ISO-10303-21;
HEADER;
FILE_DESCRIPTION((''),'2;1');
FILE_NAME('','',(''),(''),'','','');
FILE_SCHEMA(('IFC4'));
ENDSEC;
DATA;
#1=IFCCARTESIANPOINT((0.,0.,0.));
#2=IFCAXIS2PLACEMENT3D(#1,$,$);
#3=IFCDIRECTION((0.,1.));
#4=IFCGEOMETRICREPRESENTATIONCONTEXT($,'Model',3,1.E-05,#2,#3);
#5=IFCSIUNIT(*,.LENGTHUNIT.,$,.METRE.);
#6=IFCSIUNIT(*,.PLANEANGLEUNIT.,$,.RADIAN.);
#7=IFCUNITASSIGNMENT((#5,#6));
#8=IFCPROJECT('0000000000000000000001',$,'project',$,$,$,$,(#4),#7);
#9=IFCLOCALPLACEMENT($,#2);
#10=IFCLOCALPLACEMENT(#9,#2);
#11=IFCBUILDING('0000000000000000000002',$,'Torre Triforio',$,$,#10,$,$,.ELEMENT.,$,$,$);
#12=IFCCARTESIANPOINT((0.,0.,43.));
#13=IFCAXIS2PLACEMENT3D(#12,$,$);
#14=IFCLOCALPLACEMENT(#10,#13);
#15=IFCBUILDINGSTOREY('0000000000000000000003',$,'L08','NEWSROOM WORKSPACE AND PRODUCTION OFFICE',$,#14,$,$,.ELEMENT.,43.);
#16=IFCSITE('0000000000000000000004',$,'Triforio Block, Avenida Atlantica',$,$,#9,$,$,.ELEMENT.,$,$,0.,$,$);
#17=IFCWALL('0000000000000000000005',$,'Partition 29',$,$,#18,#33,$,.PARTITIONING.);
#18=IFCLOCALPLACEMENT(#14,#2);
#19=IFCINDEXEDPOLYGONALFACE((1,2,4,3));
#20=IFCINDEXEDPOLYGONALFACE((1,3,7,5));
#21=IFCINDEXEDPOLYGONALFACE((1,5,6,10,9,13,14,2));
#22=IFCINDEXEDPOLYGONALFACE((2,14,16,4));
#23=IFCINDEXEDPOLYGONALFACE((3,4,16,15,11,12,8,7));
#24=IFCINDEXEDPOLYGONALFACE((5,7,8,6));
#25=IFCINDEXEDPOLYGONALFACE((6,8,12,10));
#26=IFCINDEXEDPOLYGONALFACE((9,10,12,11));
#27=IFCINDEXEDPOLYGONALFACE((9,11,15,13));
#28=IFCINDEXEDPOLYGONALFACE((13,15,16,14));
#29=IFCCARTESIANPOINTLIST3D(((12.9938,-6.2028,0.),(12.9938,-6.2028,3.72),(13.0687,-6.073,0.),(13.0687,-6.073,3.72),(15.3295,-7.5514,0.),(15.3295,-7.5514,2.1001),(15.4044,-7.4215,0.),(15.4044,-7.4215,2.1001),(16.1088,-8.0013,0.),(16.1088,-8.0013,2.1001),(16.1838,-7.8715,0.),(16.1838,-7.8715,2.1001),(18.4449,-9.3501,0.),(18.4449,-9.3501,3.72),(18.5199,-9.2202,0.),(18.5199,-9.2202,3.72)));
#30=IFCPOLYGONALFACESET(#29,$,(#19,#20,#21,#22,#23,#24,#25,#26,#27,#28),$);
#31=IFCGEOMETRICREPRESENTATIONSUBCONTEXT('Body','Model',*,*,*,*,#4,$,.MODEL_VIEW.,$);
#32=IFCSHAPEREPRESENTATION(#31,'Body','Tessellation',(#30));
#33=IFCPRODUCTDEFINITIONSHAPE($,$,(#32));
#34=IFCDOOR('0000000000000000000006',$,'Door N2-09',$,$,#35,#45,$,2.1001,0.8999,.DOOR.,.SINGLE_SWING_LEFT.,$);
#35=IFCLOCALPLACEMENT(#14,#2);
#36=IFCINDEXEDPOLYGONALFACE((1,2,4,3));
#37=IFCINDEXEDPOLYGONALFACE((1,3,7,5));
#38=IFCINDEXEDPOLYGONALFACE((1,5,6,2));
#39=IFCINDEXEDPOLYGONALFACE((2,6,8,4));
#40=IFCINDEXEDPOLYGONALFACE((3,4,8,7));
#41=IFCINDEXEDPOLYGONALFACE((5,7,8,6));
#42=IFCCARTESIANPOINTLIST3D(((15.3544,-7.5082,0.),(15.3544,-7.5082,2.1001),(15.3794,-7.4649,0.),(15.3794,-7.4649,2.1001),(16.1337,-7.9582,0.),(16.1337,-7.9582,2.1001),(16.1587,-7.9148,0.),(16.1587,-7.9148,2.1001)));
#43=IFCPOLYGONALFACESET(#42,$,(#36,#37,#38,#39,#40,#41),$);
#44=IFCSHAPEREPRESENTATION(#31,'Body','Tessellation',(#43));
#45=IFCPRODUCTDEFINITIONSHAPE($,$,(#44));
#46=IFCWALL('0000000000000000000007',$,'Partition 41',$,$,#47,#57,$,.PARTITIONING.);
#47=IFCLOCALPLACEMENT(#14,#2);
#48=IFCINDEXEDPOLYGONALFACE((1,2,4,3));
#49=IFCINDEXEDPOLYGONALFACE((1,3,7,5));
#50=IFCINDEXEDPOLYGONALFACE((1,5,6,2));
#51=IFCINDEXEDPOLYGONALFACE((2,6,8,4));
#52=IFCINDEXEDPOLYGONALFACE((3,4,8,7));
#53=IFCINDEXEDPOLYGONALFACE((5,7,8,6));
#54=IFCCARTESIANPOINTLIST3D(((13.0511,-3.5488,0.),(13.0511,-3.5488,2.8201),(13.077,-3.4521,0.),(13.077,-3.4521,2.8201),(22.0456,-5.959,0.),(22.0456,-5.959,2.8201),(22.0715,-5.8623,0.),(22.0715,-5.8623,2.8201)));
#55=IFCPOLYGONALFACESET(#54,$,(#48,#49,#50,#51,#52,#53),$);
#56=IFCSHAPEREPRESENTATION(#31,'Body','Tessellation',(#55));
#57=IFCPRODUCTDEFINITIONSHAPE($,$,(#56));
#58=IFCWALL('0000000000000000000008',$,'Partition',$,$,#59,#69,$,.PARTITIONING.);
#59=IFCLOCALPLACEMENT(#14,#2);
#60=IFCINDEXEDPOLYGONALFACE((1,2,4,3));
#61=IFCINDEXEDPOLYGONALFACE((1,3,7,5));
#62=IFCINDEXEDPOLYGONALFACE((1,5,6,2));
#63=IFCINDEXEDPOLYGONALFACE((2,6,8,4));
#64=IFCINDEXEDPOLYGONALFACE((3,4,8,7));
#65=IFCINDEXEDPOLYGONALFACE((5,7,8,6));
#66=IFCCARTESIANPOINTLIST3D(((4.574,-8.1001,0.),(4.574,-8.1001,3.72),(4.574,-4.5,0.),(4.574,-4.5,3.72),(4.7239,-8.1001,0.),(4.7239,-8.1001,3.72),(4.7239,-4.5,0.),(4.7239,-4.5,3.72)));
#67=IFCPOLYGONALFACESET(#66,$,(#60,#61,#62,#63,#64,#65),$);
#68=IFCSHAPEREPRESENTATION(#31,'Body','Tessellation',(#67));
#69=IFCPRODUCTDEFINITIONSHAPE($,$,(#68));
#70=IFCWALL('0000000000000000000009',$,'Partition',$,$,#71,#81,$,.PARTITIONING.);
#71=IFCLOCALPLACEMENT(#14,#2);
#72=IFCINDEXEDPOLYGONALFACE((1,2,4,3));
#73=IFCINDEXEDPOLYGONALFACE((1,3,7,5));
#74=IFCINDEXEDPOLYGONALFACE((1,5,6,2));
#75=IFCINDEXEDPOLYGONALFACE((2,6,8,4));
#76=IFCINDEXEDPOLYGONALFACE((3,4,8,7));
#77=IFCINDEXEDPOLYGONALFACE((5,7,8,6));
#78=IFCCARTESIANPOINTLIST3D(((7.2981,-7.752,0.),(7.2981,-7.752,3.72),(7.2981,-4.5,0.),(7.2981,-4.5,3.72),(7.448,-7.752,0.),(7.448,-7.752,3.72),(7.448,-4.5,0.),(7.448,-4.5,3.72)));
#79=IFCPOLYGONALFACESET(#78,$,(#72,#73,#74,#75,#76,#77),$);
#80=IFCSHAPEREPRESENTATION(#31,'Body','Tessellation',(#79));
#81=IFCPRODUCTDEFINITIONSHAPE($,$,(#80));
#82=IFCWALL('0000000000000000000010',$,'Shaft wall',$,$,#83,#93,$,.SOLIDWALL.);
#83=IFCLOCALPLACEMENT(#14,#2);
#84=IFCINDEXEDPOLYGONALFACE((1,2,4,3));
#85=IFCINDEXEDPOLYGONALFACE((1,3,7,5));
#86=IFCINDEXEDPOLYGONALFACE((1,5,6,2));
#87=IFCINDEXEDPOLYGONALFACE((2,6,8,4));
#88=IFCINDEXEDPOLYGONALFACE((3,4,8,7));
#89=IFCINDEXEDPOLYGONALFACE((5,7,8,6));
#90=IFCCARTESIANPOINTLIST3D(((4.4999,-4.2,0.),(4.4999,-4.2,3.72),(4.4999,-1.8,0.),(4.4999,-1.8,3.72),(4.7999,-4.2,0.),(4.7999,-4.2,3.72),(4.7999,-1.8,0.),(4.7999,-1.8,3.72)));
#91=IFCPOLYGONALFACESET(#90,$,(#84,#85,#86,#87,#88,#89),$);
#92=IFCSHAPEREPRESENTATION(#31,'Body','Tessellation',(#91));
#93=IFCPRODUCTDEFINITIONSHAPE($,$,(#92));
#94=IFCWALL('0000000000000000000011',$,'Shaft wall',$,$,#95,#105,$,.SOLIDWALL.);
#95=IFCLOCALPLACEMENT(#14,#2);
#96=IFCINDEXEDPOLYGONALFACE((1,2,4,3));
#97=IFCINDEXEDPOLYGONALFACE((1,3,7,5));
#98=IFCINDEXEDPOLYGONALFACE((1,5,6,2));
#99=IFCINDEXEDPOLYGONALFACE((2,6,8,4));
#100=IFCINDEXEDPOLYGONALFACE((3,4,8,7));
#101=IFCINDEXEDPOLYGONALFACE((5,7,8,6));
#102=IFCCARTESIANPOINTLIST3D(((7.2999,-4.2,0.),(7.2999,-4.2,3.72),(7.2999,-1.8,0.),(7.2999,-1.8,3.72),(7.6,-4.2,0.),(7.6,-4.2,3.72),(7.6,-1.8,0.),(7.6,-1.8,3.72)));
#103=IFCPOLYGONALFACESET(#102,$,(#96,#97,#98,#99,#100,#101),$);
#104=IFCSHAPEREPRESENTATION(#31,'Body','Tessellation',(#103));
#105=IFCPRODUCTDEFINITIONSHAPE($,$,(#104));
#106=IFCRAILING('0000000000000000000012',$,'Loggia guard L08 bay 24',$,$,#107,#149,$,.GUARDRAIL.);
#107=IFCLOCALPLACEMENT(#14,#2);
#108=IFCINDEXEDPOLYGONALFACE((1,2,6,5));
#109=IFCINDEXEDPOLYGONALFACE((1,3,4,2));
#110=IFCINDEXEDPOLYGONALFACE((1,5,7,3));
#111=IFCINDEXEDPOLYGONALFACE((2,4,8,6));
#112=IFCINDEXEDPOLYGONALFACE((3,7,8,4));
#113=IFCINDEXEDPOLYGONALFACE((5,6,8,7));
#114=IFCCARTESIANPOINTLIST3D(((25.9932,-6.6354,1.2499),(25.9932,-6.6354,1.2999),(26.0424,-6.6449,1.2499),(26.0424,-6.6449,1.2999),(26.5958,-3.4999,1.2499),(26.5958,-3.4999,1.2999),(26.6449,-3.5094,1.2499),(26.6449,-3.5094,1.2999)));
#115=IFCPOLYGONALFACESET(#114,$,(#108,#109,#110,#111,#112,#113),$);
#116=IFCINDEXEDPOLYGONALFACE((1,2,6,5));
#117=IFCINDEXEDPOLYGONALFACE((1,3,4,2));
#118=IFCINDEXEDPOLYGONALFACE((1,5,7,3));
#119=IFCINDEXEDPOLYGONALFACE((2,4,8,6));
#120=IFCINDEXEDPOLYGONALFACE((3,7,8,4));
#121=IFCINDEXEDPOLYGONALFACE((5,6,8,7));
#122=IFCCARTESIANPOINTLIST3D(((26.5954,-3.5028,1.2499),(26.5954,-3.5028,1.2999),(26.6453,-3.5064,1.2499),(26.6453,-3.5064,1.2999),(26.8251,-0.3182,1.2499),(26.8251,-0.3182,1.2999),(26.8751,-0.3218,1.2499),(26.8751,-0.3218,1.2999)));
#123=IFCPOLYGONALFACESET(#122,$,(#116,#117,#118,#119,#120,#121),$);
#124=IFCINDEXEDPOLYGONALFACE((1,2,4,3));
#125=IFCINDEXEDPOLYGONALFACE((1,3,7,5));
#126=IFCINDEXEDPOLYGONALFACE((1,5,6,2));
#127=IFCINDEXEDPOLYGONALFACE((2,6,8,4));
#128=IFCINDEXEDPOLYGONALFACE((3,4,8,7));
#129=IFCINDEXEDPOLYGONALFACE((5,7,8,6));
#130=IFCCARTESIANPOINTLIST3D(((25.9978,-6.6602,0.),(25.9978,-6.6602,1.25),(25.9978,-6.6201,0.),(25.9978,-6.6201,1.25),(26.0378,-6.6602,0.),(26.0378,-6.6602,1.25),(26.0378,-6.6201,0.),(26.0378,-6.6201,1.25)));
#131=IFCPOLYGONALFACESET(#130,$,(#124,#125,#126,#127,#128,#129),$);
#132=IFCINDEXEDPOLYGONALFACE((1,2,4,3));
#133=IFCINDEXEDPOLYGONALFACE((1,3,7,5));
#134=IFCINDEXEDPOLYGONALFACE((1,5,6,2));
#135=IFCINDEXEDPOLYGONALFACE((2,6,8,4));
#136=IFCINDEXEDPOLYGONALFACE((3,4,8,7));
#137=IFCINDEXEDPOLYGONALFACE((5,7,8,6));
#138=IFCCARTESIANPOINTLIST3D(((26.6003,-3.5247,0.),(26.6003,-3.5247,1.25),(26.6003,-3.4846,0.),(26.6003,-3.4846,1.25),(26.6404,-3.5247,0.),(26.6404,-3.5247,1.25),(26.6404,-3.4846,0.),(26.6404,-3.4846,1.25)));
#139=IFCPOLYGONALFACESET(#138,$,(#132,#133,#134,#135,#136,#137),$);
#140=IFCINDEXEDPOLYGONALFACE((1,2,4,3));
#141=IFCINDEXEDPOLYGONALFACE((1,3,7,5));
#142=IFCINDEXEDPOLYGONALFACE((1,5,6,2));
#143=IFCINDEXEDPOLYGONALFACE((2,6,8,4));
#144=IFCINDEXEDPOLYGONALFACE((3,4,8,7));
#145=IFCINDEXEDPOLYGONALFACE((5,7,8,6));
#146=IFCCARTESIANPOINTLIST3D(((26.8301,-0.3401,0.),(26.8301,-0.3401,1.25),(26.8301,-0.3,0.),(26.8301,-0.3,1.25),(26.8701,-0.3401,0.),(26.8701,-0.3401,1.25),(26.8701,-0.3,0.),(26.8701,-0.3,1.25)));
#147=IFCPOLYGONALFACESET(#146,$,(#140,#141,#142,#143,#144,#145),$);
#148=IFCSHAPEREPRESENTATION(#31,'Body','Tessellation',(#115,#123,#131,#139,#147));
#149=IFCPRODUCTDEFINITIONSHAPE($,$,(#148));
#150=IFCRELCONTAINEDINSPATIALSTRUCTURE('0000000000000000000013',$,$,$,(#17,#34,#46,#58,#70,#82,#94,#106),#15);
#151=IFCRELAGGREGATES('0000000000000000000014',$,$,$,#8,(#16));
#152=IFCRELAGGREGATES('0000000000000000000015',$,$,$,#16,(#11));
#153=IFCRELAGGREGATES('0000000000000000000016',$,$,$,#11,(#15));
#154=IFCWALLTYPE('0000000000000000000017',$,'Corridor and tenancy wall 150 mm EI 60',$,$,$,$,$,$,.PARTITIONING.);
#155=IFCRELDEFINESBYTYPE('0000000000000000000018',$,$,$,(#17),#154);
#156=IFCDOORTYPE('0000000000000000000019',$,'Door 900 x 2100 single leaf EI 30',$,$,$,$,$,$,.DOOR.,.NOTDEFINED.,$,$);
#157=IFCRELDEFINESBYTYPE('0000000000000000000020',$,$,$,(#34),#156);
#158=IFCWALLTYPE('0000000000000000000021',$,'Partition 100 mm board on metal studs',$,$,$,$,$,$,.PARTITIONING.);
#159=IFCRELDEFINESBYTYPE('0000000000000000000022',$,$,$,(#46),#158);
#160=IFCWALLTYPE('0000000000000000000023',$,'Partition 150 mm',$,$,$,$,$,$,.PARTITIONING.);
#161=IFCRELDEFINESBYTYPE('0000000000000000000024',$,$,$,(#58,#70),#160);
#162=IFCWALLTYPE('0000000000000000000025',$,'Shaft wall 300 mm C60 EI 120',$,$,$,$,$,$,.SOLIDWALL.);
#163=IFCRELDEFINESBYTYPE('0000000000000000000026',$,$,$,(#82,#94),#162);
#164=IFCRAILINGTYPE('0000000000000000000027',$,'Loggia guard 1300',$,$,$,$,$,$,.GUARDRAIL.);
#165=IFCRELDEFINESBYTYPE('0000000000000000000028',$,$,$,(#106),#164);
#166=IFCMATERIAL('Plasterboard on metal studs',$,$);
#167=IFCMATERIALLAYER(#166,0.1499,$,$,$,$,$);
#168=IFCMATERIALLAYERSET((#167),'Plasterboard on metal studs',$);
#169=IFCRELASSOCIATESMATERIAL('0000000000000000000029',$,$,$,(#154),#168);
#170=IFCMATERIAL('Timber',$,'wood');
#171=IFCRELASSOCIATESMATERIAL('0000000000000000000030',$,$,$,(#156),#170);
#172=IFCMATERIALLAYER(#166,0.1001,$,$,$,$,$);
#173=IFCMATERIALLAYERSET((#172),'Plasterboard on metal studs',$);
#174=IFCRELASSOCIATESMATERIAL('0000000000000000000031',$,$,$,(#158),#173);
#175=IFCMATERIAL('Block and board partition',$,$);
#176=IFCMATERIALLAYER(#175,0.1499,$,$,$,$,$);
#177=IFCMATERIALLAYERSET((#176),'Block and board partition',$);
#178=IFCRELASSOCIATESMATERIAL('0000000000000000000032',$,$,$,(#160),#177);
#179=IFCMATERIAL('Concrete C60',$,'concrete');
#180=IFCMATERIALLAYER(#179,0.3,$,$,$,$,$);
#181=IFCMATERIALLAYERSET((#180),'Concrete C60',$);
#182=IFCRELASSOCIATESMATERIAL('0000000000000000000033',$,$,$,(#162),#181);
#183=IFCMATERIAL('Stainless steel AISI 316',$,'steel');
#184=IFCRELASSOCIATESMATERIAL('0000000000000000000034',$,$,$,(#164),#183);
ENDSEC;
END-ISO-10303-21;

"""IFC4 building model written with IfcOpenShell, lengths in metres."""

from ifc_helpers import new_model, si_unit, direction, frame, frame_2d, origin, origin_2d, place, context, subcontext, project, spatial, rectangle, extrude, material, layer, layer_set, type_object, element, fill, save


model = new_model("IFC4")

# Units and contexts
model_context = context("Model", 3, precision=1e-05, world=origin(), true_north=direction((0.0, 1.0)))
body_context = subcontext(model_context, "Body", "Model", "MODEL_VIEW")
ifc_project = project(units=[si_unit("LENGTHUNIT", "METRE"), si_unit("PLANEANGLEUNIT", "RADIAN")], contexts=[model_context])

# Site, building, storey
site_placement = place(None, origin())
site = spatial("IfcSite", under=ifc_project, at=site_placement, Name="Triforio Block, Avenida Atlantica", CompositionType="ELEMENT", RefElevation=0.0)
building_placement = place(site_placement, origin())
building = spatial("IfcBuilding", under=site, at=building_placement, Name="Torre Triforio", CompositionType="ELEMENT")
storey_placement = place(building_placement, frame((0.0, 0.0, 43.0)))
storey = spatial("IfcBuildingStorey", under=building, at=storey_placement, Name="L08", Description="NEWSROOM WORKSPACE AND PRODUCTION OFFICE", CompositionType="ELEMENT", Elevation=43.0)

# Shared definitions
ifc_material_1 = material(Name="Concrete C60", Category="concrete")

# Shared definitions
ifc_material_2 = material(Name="Plasterboard on metal studs")
ifc_layer_1 = layer(ifc_material_2, 0.1499)
ifc_layer_set_1 = layer_set([ifc_layer_1], Name="Plasterboard on metal studs")
wall_type_1 = type_object("IfcWallType", Name="Corridor and tenancy wall 150 mm EI 60", PredefinedType="PARTITIONING", material=ifc_layer_set_1)

# Wall, opening, door
wall_1_placement = place(storey_placement, frame((13.0312, -6.1379, 0.0), z_axis=(0.0, 0.0, 1.0), x_axis=(0.866027, -0.499998, 0.0)))
wall_1 = element("IfcWall", 1, at=wall_1_placement, inside=storey, type_object=wall_type_1, Name="Partition 29", PredefinedType="PARTITIONING", context=body_context, shape_type="SweptSolid", body=[
    extrude(rectangle(XDim=6.2944, YDim=0.1499, at=frame_2d((3.1472, 0.0))), origin(), (0.0, 0.0, 1.0), 3.72),
])
opening_1_placement = place(wall_1_placement, frame((2.697, 0.0, 0.0)))
opening_1 = element("IfcOpeningElement", 2, at=opening_1_placement, cuts=wall_1, PredefinedType="OPENING", context=body_context, shape_type="SweptSolid", body=[
    extrude(rectangle(XDim=0.8999, YDim=2.1001, at=frame_2d((0.45, 1.05))), frame((0.0, 0.085, 0.0), z_axis=(0.0, -1.0, 0.0), x_axis=(1.0, 0.0, 0.0)), (0.0, 0.0, 1.0), 0.1699),
])
ifc_material_3 = material(Name="Timber", Category="wood")
door_type_1 = type_object("IfcDoorType", Name="Door 900 x 2100 single leaf EI 30", OperationType="NOTDEFINED", PredefinedType="DOOR", material=ifc_material_3)
door_1_placement = place(opening_1_placement, origin())
door_1 = element("IfcDoor", 3, at=door_1_placement, inside=storey, type_object=door_type_1, Name="Door N2-09", OperationType="SINGLE_SWING_LEFT", OverallHeight=2.1001, OverallWidth=0.8999, PredefinedType="DOOR", context=body_context, shape_type="SweptSolid", body=[
    extrude(rectangle(XDim=0.8999, YDim=2.1001, at=frame_2d((0.45, 1.05))), frame((0.0, 0.0249, 0.0), z_axis=(0.0, -1.0, 0.0), x_axis=(1.0, 0.0, 0.0)), (0.0, 0.0, 1.0), 0.05),
])
fill(opening_1, door_1)

# Walls
ifc_layer_2 = layer(ifc_material_2, 0.1001)
ifc_layer_set_2 = layer_set([ifc_layer_2], Name="Plasterboard on metal studs")
wall_type_2 = type_object("IfcWallType", Name="Partition 100 mm board on metal studs", PredefinedType="PARTITIONING", material=ifc_layer_set_2)
wall_2_placement = place(storey_placement, frame((13.0642, -3.5005, 0.0), z_axis=(0.0, 0.0, 1.0), x_axis=(0.965923, -0.258831, 0.0)))
element("IfcWall", 4, at=wall_2_placement, inside=storey, type_object=wall_type_2, Name="Partition 41", PredefinedType="PARTITIONING", context=body_context, shape_type="SweptSolid", body=[
    extrude(rectangle(XDim=9.3118, YDim=0.1001, at=frame_2d((4.6558, 0.0))), origin(), (0.0, 0.0, 1.0), 2.8201),
])
ifc_material_4 = material(Name="Block and board partition")
ifc_layer_3 = layer(ifc_material_4, 0.1499)
ifc_layer_set_3 = layer_set([ifc_layer_3], Name="Block and board partition")
wall_type_3 = type_object("IfcWallType", Name="Partition 150 mm", PredefinedType="PARTITIONING", material=ifc_layer_set_3)
wall_3_placement = place(storey_placement, frame((4.6489, -8.1001, 0.0), z_axis=(0.0, 0.0, 1.0), x_axis=(0.0, 1.0, 0.0)))
element("IfcWall", 5, at=wall_3_placement, inside=storey, type_object=wall_type_3, Name="Partition", PredefinedType="PARTITIONING", context=body_context, shape_type="SweptSolid", body=[
    extrude(rectangle(XDim=3.6001, YDim=0.1499, at=frame_2d((1.8, 0.0))), origin(), (0.0, 0.0, 1.0), 3.72),
])
wall_4_placement = place(storey_placement, frame((7.373, -7.752, 0.0), z_axis=(0.0, 0.0, 1.0), x_axis=(0.0, 1.0, 0.0)))
element("IfcWall", 6, at=wall_4_placement, inside=storey, type_object=wall_type_3, Name="Partition", PredefinedType="PARTITIONING", context=body_context, shape_type="SweptSolid", body=[
    extrude(rectangle(XDim=3.252, YDim=0.1499, at=frame_2d((1.626, 0.0))), origin(), (0.0, 0.0, 1.0), 3.72),
])
ifc_layer_4 = layer(ifc_material_1, 0.3)
ifc_layer_set_4 = layer_set([ifc_layer_4], Name="Concrete C60")
wall_type_4 = type_object("IfcWallType", Name="Shaft wall 300 mm C60 EI 120", PredefinedType="SOLIDWALL", material=ifc_layer_set_4)
for number, where, z_axis, x_axis, name in (
    (7, (4.6499, -4.2, 0.0), (0.0, 0.0, 1.0), (0.0, 1.0, 0.0), "Shaft wall"),
    (8, (7.45, -4.2, 0.0), (0.0, 0.0, 1.0), (0.0, 1.0, 0.0), "Shaft wall"),
):
    element("IfcWall", number, at=place(storey_placement, frame(where, z_axis=z_axis, x_axis=x_axis)), inside=storey, type_object=wall_type_4, Name=name, PredefinedType="SOLIDWALL", context=body_context, shape_type="SweptSolid", body=[
        extrude(rectangle(XDim=2.3999, YDim=0.3, at=frame_2d((1.2, 0.0))), origin(), (0.0, 0.0, 1.0), 3.72),
    ])

# Railing
ifc_material_5 = material(Name="Stainless steel AISI 316", Category="steel")
railing_type = type_object("IfcRailingType", Name="Loggia guard 1300", PredefinedType="GUARDRAIL", material=ifc_material_5)
railing_placement = place(storey_placement, frame((26.0178, -6.6401, 0.0)))
element("IfcRailing", 9, at=railing_placement, inside=storey, type_object=railing_type, Name="Loggia guard L08 bay 24", PredefinedType="GUARDRAIL", context=body_context, shape_type="SweptSolid", body=[
    extrude(rectangle(XDim=0.05, YDim=0.05, at=origin_2d()), frame((0.0, 0.0, 1.2749), z_axis=(0.188714, 0.982032, 0.0), x_axis=(-0.982032, 0.188714, 0.0)), (0.0, 0.0, 1.0), 3.1929),
    extrude(rectangle(XDim=0.05, YDim=0.05, at=origin_2d()), frame((0.6025, 3.1355, 1.2749), z_axis=(0.071953, 0.997408, 0.0), x_axis=(-0.997408, 0.071953, 0.0)), (0.0, 0.0, 1.0), 3.1929),
    extrude(rectangle(XDim=0.04, YDim=0.04, at=origin_2d()), origin(), (0.0, 0.0, 1.0), 1.25),
    extrude(rectangle(XDim=0.04, YDim=0.04, at=origin_2d()), frame((0.6025, 3.1355, 0.0)), (0.0, 0.0, 1.0), 1.25),
    extrude(rectangle(XDim=0.04, YDim=0.04, at=origin_2d()), frame((0.8323, 6.3201, 0.0)), (0.0, 0.0, 1.0), 1.25),
])

save(model, "model.ifc")
